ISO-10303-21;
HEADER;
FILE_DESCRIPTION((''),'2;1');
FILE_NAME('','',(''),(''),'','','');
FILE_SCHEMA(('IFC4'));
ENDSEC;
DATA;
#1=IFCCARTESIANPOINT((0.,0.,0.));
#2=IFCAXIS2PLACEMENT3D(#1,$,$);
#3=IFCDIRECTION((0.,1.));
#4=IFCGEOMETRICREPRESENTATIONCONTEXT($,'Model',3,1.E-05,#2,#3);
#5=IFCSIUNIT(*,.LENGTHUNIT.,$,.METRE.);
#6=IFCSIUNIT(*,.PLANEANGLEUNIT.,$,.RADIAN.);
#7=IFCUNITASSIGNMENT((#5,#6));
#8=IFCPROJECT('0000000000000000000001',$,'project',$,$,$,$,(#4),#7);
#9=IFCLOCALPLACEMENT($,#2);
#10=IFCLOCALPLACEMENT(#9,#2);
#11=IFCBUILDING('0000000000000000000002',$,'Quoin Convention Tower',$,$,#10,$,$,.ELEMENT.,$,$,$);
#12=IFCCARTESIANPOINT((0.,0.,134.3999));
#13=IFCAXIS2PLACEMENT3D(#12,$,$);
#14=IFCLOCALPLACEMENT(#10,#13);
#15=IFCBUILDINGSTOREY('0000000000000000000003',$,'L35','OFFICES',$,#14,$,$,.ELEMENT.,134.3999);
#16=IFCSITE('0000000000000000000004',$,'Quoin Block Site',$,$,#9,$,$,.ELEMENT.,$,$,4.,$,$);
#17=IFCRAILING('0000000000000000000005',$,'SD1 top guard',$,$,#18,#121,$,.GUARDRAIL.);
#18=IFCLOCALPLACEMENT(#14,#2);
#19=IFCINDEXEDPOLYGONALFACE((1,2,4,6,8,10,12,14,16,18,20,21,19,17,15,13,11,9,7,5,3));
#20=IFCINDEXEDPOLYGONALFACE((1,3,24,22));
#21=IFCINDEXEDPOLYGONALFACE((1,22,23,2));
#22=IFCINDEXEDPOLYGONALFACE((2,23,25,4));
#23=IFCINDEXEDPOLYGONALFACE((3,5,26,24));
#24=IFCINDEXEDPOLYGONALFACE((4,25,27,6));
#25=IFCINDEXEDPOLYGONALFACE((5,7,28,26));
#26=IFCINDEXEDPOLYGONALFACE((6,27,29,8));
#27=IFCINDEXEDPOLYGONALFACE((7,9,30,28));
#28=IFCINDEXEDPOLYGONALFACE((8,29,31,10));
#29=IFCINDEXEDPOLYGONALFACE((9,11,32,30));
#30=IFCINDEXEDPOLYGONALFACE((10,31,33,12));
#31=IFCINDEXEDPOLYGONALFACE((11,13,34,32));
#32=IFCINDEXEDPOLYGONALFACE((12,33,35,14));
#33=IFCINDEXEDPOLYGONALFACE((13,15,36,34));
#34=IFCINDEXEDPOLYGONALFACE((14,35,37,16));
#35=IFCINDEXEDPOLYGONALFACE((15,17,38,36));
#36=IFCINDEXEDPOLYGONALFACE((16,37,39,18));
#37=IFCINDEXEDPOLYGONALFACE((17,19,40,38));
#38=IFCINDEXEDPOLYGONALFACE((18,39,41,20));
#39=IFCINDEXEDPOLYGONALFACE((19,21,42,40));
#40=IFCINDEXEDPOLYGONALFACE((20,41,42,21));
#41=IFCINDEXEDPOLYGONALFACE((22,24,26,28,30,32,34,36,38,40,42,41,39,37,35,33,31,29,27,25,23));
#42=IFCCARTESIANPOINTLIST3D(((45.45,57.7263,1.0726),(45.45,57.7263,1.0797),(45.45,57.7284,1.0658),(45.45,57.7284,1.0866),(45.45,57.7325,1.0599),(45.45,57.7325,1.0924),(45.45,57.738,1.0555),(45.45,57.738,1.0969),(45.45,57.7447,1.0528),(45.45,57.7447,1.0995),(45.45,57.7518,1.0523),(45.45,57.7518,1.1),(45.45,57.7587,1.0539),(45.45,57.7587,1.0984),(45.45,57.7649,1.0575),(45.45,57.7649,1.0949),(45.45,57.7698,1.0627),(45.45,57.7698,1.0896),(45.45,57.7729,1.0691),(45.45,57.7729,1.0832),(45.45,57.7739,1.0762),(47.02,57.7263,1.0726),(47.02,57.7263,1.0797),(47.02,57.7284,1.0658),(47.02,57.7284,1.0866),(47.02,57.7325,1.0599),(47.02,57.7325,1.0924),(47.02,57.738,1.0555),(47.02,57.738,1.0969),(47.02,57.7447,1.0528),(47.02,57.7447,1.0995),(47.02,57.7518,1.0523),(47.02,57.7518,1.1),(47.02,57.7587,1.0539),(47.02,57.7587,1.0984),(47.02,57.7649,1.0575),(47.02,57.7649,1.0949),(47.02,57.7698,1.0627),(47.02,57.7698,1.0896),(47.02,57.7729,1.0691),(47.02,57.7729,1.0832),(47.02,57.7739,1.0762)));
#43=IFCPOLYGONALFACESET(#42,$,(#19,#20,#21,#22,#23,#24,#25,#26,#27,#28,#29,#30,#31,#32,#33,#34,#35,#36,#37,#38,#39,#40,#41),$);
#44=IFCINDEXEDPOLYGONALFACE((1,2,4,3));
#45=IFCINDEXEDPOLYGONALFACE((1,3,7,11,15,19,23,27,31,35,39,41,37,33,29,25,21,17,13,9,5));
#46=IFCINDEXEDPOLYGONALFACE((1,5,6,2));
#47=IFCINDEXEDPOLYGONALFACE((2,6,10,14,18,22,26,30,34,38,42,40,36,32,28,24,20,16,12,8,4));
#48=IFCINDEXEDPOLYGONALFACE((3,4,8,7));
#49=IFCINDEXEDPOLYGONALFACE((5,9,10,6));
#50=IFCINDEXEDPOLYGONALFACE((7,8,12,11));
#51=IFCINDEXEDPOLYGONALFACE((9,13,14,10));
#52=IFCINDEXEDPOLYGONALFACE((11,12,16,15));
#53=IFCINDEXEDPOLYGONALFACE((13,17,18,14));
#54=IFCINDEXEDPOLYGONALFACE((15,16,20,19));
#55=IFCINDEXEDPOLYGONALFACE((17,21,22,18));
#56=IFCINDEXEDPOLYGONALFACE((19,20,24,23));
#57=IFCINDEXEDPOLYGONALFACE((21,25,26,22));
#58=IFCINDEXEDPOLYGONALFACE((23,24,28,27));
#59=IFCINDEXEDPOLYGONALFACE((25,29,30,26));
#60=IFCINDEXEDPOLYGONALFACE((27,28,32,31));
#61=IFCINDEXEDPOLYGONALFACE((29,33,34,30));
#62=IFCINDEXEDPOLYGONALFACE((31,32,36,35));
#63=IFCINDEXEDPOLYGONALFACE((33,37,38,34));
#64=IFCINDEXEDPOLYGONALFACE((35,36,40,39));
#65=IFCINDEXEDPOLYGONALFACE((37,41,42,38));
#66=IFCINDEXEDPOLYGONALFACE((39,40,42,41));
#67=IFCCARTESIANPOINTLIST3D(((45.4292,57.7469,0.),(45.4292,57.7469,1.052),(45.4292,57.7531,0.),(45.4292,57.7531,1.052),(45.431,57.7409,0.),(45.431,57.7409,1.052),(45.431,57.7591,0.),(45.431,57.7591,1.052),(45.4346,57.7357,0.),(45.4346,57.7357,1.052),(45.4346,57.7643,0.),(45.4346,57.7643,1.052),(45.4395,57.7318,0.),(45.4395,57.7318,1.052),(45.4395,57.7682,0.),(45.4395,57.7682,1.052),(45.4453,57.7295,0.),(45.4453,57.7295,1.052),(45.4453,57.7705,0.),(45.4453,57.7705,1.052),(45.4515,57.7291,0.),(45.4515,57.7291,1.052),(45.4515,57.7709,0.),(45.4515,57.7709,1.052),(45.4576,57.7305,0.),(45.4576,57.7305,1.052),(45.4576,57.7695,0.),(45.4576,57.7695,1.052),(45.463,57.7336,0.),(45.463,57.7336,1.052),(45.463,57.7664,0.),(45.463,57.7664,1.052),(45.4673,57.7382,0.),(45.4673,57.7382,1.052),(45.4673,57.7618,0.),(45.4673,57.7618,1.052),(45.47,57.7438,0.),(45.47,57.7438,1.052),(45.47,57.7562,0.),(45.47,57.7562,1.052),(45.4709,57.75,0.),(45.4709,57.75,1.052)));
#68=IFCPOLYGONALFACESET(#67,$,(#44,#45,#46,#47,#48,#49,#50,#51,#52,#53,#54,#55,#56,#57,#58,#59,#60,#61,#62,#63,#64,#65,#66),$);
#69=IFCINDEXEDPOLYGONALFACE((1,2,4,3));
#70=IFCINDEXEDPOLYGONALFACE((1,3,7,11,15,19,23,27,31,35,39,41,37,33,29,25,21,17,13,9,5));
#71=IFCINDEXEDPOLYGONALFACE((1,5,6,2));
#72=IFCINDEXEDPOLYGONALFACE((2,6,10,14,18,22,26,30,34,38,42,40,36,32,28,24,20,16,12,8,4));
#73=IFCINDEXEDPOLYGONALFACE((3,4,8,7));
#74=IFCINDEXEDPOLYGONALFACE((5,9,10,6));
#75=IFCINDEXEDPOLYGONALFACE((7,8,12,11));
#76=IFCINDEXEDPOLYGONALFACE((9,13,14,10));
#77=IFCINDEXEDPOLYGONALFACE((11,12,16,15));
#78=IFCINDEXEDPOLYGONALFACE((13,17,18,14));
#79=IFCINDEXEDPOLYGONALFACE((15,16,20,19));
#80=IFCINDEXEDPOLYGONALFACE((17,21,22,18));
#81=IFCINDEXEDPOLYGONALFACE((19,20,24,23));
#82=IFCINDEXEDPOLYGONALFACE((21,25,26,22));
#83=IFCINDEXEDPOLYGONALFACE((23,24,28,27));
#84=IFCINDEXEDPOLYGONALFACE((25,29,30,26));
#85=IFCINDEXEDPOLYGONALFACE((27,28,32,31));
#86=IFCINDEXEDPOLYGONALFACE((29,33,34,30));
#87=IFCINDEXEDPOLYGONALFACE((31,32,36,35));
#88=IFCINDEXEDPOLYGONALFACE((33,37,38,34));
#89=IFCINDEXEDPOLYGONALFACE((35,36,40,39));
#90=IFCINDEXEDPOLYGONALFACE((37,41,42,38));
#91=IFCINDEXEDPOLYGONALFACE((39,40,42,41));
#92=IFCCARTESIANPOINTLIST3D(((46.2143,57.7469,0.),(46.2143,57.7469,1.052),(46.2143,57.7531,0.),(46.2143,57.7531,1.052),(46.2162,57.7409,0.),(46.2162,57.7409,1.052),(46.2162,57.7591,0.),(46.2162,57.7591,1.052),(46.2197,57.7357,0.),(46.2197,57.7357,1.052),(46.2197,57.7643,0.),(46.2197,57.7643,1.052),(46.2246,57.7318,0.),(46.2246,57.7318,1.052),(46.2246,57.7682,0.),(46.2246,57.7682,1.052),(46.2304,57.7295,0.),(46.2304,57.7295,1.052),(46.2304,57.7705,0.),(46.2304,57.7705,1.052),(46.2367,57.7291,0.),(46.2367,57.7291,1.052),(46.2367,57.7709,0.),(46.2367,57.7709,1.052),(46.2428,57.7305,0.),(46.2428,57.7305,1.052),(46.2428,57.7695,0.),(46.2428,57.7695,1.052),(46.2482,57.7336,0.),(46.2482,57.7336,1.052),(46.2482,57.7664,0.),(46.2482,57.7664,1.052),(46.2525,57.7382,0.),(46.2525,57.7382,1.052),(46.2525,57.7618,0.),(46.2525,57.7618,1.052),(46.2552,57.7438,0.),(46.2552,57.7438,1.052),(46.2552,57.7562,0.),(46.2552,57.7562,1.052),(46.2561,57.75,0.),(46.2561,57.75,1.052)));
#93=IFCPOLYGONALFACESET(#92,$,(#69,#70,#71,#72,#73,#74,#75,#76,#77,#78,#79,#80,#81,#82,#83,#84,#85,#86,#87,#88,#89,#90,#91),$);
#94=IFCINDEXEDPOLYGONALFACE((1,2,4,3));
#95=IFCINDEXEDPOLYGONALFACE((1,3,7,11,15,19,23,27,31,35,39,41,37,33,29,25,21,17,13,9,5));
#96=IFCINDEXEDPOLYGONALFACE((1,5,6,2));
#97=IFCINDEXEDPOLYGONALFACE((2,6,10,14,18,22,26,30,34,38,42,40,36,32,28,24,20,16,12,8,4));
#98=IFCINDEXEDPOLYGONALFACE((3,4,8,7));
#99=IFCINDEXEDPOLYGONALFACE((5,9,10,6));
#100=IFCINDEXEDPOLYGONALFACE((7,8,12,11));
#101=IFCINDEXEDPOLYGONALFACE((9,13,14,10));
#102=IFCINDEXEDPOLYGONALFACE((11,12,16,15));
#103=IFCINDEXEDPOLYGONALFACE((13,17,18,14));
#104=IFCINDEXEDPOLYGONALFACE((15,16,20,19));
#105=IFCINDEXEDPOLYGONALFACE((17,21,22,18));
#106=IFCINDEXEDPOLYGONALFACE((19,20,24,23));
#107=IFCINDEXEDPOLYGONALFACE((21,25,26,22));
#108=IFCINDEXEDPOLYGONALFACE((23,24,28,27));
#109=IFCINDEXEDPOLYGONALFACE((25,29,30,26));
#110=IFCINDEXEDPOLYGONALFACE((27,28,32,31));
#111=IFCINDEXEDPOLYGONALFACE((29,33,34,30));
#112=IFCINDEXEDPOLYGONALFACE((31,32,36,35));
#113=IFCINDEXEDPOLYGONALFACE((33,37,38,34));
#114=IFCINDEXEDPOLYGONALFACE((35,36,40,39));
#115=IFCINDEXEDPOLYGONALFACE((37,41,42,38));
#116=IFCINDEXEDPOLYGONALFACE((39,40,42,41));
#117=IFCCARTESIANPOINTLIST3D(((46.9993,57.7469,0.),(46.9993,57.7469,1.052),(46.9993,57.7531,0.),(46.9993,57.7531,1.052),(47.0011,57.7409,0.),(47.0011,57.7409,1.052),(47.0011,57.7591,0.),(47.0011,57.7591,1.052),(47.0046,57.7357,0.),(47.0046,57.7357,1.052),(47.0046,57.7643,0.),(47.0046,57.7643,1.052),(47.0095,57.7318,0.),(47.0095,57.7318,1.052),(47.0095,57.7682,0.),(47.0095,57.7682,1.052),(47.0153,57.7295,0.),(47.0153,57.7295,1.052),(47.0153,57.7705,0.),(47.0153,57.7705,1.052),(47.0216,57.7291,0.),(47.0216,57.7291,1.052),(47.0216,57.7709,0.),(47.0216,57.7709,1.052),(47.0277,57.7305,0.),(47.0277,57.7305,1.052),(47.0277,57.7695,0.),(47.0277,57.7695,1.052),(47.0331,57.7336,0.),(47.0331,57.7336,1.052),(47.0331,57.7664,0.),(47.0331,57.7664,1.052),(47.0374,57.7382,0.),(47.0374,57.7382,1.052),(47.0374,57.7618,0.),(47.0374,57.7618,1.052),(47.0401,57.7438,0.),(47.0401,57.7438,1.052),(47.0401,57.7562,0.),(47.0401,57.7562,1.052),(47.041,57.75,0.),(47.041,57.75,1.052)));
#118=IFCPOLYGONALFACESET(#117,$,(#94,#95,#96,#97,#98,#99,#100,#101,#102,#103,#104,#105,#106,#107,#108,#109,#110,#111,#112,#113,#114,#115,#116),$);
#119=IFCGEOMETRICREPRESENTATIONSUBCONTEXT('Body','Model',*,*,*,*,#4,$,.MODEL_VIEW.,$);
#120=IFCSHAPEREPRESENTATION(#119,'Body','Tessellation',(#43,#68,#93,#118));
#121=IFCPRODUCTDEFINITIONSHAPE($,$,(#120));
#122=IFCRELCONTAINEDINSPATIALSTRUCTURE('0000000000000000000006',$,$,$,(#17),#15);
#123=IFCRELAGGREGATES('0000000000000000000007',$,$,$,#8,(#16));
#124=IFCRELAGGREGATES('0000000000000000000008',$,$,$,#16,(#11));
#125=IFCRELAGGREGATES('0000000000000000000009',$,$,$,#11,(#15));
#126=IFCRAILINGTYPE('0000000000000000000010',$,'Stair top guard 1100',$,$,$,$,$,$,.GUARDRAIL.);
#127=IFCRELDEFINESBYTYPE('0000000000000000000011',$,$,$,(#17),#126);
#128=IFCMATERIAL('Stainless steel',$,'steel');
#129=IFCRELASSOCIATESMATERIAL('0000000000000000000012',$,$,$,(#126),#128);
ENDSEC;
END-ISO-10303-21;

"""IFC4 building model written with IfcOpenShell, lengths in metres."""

from ifc_helpers import new_model, si_unit, direction, frame, origin, origin_2d, place, context, subcontext, project, spatial, circle, extrude, material, type_object, element, save


model = new_model("IFC4")

# Units and contexts
model_context = context("Model", 3, precision=1e-05, world=origin(), true_north=direction((0.0, 1.0)))
body_context = subcontext(model_context, "Body", "Model", "MODEL_VIEW")
ifc_project = project(units=[si_unit("LENGTHUNIT", "METRE"), si_unit("PLANEANGLEUNIT", "RADIAN")], contexts=[model_context])

# Site, building, storey
site_placement = place(None, origin())
site = spatial("IfcSite", under=ifc_project, at=site_placement, Name="Quoin Block Site", CompositionType="ELEMENT", RefElevation=4.0)
building_placement = place(site_placement, origin())
building = spatial("IfcBuilding", under=site, at=building_placement, Name="Quoin Convention Tower", CompositionType="ELEMENT")
storey_placement = place(building_placement, frame((0.0, 0.0, 134.3999)))
storey = spatial("IfcBuildingStorey", under=building, at=storey_placement, Name="L35", Description="OFFICES", CompositionType="ELEMENT", Elevation=134.3999)

# Railing
ifc_material_1 = material(Name="Stainless steel", Category="steel")
railing_type_1 = type_object("IfcRailingType", Name="Stair top guard 1100", PredefinedType="GUARDRAIL", material=ifc_material_1)
railing_1_placement = place(storey_placement, frame((45.45, 57.75, 0.0)))
element("IfcRailing", 1, at=railing_1_placement, inside=storey, type_object=railing_type_1, Name="SD1 top guard", PredefinedType="GUARDRAIL", context=body_context, shape_type="SweptSolid", body=[
    extrude(circle(Radius=0.0239, at=origin_2d()), frame((0.0, 0.0, 1.0762), z_axis=(1.0, 0.0, 0.0), x_axis=(0.0, 1.0, 0.0)), (0.0, 0.0, 1.0), 1.5701),
    extrude(circle(Radius=0.021, at=origin_2d()), origin(), (0.0, 0.0, 1.0), 1.052),
    extrude(circle(Radius=0.021, at=origin_2d()), frame((0.7852, 0.0, 0.0)), (0.0, 0.0, 1.0), 1.052),
    extrude(circle(Radius=0.021, at=origin_2d()), frame((1.5701, 0.0, 0.0)), (0.0, 0.0, 1.0), 1.052),
])

save(model, "model.ifc")
